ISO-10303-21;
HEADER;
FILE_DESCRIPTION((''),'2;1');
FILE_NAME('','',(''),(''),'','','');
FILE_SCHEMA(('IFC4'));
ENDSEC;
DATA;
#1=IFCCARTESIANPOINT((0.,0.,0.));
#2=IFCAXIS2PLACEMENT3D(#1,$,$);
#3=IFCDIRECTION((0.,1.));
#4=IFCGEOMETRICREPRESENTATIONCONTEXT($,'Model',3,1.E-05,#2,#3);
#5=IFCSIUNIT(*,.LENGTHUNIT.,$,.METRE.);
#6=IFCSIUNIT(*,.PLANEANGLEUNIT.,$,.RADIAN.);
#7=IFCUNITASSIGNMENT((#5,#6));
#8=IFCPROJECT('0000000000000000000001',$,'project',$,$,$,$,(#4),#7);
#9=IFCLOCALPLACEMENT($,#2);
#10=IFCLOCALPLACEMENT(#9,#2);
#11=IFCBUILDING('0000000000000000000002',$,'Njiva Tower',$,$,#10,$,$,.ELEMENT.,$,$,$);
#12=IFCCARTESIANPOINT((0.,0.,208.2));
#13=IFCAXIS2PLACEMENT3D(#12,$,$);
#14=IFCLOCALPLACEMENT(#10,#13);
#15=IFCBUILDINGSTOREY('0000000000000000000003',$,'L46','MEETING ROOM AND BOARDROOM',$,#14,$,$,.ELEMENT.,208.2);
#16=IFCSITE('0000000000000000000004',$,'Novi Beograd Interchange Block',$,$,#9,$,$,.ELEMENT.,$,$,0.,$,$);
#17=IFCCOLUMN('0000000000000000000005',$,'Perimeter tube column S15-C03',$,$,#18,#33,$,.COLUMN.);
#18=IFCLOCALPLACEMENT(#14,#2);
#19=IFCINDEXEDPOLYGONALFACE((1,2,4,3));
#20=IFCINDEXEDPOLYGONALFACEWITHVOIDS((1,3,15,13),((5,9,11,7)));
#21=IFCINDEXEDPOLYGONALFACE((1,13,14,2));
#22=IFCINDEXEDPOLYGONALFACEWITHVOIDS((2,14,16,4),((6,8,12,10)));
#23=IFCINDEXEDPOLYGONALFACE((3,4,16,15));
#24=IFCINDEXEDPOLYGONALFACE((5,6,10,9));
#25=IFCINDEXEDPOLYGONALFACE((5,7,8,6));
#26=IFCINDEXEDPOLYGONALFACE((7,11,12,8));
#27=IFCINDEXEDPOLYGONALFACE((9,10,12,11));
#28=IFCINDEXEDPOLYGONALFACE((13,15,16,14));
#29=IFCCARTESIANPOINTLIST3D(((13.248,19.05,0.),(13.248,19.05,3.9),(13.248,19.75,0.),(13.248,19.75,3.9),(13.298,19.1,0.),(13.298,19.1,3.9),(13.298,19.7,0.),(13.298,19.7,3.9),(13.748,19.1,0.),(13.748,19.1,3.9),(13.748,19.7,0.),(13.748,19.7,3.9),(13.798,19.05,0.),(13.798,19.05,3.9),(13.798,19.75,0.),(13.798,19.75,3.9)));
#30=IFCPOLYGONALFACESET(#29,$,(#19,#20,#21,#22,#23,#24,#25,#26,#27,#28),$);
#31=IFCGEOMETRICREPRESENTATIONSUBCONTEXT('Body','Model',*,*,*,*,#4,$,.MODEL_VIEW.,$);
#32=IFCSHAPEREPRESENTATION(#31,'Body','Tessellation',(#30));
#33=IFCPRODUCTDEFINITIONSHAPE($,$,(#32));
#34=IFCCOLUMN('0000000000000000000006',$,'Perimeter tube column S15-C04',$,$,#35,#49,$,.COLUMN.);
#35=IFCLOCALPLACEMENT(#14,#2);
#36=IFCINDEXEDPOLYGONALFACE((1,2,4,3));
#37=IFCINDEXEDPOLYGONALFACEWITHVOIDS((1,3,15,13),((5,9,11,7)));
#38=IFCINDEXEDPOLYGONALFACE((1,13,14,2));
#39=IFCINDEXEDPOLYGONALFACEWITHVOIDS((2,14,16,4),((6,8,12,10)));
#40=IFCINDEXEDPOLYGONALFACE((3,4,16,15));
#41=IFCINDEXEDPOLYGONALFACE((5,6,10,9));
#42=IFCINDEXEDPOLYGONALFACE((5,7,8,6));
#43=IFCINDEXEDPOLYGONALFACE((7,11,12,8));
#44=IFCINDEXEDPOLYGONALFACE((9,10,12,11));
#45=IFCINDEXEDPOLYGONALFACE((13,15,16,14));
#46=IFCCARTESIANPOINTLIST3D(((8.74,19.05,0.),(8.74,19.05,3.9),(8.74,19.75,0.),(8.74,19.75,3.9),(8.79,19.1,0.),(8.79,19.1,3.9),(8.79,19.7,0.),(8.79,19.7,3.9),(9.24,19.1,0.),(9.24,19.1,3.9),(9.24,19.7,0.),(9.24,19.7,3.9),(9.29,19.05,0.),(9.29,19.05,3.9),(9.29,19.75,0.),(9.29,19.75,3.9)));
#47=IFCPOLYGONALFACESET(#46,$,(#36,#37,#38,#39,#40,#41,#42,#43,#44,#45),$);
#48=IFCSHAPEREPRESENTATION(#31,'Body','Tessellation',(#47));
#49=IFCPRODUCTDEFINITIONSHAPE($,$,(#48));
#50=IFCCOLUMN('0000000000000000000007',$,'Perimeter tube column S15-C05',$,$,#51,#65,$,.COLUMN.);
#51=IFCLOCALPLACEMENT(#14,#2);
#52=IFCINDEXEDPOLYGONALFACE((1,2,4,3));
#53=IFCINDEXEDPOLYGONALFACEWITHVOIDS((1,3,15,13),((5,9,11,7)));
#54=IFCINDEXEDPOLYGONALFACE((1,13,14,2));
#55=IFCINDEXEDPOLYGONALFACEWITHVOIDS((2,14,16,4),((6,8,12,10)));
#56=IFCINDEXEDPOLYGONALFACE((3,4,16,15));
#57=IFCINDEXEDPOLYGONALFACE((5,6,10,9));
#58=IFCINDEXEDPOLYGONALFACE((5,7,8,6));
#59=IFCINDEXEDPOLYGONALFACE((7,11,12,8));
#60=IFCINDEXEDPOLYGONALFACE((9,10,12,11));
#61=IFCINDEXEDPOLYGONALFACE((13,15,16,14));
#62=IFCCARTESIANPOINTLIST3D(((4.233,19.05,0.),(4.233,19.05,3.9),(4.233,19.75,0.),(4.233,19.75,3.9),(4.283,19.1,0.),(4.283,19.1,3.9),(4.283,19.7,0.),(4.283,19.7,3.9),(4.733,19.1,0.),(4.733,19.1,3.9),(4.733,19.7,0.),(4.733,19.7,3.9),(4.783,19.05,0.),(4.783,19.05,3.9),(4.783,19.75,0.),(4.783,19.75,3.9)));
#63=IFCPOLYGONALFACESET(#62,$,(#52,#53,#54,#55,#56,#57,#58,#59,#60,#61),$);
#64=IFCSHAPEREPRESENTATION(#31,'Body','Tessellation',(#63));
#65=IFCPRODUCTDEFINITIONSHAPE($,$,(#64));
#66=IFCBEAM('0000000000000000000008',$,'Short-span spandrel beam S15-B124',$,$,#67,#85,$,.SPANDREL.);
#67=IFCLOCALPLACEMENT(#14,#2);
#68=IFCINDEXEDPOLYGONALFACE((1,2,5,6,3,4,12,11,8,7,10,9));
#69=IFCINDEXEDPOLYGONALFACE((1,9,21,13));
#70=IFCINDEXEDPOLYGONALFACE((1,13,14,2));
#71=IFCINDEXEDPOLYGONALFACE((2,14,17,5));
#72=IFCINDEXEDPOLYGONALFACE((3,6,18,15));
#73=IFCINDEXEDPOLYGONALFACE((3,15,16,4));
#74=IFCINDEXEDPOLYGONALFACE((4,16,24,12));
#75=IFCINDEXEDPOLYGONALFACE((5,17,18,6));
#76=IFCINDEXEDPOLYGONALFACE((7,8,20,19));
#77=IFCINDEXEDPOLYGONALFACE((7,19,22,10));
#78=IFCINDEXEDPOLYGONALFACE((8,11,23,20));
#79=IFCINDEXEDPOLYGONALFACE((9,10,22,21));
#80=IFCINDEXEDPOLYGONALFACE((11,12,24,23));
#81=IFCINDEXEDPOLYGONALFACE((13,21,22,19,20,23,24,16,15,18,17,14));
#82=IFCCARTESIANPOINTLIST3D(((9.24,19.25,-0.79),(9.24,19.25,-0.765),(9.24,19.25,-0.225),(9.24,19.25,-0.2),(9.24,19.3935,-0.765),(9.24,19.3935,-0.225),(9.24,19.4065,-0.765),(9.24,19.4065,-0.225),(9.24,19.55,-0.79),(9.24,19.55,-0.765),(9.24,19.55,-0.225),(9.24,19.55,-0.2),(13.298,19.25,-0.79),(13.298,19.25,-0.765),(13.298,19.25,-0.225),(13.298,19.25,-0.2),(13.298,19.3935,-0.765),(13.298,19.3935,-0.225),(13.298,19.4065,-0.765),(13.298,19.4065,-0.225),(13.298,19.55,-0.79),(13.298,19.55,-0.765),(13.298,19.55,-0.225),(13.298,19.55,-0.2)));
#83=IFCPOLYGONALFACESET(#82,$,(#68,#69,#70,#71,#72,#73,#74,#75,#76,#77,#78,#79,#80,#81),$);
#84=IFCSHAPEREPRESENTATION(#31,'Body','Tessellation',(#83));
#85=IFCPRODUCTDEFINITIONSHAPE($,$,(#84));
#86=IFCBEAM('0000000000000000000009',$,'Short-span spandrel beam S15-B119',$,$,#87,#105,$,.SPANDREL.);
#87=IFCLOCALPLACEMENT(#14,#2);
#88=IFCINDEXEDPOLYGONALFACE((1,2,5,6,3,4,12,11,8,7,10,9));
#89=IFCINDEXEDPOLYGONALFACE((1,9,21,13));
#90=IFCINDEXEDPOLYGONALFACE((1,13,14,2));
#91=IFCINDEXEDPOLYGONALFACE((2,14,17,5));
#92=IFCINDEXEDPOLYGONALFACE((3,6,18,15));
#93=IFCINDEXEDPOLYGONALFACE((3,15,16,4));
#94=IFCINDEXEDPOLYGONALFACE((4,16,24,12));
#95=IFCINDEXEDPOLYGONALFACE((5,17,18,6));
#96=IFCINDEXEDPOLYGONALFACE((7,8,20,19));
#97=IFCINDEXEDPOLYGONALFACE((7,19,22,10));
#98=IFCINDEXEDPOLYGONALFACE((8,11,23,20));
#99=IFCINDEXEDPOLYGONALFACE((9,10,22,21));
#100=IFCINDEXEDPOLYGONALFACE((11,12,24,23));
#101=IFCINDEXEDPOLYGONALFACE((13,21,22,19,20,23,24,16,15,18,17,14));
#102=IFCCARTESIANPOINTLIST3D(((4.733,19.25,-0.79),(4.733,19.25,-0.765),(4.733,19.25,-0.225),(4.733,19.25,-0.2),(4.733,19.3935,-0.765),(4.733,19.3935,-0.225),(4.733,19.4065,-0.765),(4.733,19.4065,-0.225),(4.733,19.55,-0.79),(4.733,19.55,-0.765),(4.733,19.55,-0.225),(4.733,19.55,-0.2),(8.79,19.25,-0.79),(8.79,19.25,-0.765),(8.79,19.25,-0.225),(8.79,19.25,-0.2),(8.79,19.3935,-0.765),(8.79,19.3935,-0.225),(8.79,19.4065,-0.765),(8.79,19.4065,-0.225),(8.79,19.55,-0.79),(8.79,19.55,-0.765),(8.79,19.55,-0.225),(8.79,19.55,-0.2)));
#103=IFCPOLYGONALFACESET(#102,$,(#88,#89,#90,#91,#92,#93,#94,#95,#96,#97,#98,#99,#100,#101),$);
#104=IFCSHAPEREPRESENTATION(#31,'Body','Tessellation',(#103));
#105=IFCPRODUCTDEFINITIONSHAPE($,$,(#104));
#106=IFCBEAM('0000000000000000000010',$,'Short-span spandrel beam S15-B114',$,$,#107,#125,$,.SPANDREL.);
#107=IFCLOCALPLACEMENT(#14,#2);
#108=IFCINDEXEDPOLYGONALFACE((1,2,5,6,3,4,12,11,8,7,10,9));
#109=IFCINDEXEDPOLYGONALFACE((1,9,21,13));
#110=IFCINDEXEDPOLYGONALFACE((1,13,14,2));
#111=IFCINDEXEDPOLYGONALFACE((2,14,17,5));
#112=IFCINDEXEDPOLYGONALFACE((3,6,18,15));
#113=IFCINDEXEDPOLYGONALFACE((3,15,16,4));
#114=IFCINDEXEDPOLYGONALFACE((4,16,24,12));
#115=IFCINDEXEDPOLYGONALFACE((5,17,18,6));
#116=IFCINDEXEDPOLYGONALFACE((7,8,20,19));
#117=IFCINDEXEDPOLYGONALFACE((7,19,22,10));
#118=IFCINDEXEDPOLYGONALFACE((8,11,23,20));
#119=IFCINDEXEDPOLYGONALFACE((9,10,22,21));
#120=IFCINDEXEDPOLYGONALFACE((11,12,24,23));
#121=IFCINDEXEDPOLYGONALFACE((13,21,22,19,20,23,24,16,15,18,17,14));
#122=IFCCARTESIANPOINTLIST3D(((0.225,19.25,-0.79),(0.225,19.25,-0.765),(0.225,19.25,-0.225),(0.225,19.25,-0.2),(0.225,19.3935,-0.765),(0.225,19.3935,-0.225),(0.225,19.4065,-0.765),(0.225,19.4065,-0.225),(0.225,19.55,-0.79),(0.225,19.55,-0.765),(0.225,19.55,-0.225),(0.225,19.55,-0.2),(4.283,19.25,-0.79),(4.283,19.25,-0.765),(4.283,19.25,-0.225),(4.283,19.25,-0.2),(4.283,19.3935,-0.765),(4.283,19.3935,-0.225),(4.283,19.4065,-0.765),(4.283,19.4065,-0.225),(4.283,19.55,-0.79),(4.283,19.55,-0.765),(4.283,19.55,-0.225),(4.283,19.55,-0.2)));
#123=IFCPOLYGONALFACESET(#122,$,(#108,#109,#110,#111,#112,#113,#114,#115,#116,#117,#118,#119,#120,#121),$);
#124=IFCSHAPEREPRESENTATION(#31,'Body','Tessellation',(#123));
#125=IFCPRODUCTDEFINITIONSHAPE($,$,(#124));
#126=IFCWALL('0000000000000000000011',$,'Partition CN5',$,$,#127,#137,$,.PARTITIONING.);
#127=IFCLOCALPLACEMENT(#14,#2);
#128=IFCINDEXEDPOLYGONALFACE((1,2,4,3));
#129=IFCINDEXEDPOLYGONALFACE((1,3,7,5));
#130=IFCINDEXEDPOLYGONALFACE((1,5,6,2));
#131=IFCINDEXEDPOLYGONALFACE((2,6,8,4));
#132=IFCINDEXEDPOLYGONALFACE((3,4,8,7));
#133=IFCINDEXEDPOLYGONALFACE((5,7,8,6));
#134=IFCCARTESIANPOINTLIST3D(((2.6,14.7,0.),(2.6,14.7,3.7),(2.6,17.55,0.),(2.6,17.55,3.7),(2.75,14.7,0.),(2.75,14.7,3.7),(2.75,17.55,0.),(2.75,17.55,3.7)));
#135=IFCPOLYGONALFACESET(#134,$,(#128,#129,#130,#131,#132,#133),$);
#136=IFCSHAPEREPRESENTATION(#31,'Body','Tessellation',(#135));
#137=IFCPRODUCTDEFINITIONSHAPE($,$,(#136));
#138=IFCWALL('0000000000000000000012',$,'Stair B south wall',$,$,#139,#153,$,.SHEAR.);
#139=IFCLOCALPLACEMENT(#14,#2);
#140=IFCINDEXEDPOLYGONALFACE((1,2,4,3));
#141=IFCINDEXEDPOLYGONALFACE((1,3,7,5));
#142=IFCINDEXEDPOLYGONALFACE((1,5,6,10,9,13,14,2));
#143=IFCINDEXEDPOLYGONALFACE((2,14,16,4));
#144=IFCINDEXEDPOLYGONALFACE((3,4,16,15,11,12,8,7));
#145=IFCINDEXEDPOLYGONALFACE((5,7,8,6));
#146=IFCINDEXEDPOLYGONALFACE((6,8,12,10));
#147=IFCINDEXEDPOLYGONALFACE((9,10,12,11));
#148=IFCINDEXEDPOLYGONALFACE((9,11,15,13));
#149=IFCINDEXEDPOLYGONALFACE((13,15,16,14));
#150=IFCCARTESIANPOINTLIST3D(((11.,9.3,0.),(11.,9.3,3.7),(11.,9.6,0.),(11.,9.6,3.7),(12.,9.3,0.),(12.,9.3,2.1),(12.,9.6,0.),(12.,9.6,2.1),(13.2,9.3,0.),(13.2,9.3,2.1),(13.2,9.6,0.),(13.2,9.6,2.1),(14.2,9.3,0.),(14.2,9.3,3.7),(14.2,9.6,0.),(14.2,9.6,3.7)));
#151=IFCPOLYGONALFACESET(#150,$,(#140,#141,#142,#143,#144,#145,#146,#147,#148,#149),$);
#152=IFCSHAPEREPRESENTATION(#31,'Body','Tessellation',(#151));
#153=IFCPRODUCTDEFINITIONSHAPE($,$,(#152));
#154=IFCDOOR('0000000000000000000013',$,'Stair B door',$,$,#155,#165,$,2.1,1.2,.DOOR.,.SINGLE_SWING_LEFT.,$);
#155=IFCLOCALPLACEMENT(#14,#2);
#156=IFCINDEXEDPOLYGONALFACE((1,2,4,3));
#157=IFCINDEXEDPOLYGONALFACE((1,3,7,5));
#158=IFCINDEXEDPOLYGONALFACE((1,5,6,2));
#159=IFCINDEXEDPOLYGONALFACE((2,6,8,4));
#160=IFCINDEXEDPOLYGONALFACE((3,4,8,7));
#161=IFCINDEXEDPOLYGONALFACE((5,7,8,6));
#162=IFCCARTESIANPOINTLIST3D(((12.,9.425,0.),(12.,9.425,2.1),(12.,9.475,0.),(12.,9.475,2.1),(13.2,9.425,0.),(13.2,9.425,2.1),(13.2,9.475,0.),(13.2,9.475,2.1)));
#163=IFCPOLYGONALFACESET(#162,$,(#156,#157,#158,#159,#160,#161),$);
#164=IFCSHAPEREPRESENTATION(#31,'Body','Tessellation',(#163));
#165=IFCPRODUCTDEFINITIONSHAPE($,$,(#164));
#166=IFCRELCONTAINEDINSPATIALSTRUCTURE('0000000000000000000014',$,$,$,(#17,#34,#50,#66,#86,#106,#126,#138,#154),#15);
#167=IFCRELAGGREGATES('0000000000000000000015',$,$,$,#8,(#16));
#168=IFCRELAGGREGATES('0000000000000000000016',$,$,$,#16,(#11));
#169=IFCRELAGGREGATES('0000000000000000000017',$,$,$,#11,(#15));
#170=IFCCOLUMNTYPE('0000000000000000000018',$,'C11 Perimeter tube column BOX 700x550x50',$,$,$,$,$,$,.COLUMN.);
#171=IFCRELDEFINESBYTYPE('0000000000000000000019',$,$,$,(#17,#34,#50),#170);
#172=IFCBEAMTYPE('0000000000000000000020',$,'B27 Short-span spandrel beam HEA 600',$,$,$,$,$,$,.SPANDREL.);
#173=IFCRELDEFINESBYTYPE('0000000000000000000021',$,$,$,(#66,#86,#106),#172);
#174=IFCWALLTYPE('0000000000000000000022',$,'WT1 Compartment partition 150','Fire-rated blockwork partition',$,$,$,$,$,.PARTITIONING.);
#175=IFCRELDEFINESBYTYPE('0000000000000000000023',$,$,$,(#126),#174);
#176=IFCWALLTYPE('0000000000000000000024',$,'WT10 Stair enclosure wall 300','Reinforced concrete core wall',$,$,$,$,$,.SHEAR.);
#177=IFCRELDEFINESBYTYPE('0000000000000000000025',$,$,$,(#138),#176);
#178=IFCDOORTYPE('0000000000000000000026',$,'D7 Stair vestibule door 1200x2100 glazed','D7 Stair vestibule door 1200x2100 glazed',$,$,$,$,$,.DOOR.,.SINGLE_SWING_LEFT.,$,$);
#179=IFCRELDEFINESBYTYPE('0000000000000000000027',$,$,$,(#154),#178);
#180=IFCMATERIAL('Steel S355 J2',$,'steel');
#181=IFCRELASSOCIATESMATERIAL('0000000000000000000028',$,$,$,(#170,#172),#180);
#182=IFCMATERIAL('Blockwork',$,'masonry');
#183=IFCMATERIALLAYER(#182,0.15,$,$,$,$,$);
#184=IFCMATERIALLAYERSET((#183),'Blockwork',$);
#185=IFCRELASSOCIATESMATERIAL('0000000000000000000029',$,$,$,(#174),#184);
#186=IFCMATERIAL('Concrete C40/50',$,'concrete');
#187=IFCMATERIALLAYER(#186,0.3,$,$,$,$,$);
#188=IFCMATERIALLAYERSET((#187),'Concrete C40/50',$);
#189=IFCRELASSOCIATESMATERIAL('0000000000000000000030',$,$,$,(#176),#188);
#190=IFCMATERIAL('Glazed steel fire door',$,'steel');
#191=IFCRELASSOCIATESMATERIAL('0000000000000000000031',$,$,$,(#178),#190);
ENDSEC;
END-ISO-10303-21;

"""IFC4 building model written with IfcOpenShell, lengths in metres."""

from ifc_helpers import new_model, si_unit, direction, frame, frame_2d, origin, origin_2d, place, context, subcontext, project, spatial, rectangle, hollow_rectangle, i_section, extrude, material, layer, layer_set, material_profile, profile_set, type_object, element, fill, save


model = new_model("IFC4")

# Units and contexts
model_context = context("Model", 3, precision=1e-05, world=origin(), true_north=direction((0.0, 1.0)))
body_context = subcontext(model_context, "Body", "Model", "MODEL_VIEW")
ifc_project = project(units=[si_unit("LENGTHUNIT", "METRE"), si_unit("PLANEANGLEUNIT", "RADIAN")], contexts=[model_context])

# Site, building, storey
site_placement = place(None, origin())
site = spatial("IfcSite", under=ifc_project, at=site_placement, Name="Novi Beograd Interchange Block", CompositionType="ELEMENT", RefElevation=0.0)
building_placement = place(site_placement, origin())
building = spatial("IfcBuilding", under=site, at=building_placement, Name="Njiva Tower", CompositionType="ELEMENT")
storey_placement = place(building_placement, frame((0.0, 0.0, 208.2)))
storey = spatial("IfcBuildingStorey", under=building, at=storey_placement, Name="L46", Description="MEETING ROOM AND BOARDROOM", CompositionType="ELEMENT", Elevation=208.2)

# Columns
ifc_material_1 = material(Name="Steel S355 J2", Category="steel")
ifc_material_profile_1 = material_profile(ifc_material_1, hollow_rectangle(XDim=0.55, YDim=0.7, WallThickness=0.05, at=origin_2d()), Name="BOX 700x550x50")
ifc_profile_set_1 = profile_set([ifc_material_profile_1], Name="Steel S355 J2")
column_type = type_object("IfcColumnType", Name="C11 Perimeter tube column BOX 700x550x50", PredefinedType="COLUMN", material=ifc_profile_set_1)
for number, where, z_axis, x_axis, name in (
    (1, (13.523, 19.4, 0.0), (0.0, 0.0, 1.0), (-1.0, 0.0, 0.0), "Perimeter tube column S15-C03"),
    (2, (9.015, 19.4, 0.0), (0.0, 0.0, 1.0), (-1.0, 0.0, 0.0), "Perimeter tube column S15-C04"),
    (3, (4.508, 19.4, 0.0), (0.0, 0.0, 1.0), (-1.0, 0.0, 0.0), "Perimeter tube column S15-C05"),
):
    element("IfcColumn", number, at=place(storey_placement, frame(where, z_axis=z_axis, x_axis=x_axis)), inside=storey, type_object=column_type, Name=name, PredefinedType="COLUMN", context=body_context, shape_type="SweptSolid", body=[
        extrude(hollow_rectangle(XDim=0.55, YDim=0.7, WallThickness=0.05, at=origin_2d()), origin(), (0.0, 0.0, 1.0), 3.9),
    ])

# Beams
ifc_material_profile_2 = material_profile(ifc_material_1, i_section(OverallWidth=0.3, OverallDepth=0.59, WebThickness=0.013, FlangeThickness=0.025, at=origin_2d()), Name="HEA 600")
ifc_profile_set_2 = profile_set([ifc_material_profile_2], Name="Steel S355 J2")
beam_type = type_object("IfcBeamType", Name="B27 Short-span spandrel beam HEA 600", PredefinedType="SPANDREL", material=ifc_profile_set_2)
beam_1_placement = place(storey_placement, frame((13.298, 19.4, -0.495), z_axis=(-1.0, 0.0, 0.0), x_axis=(0.0, -1.0, 0.0)))
element("IfcBeam", 4, at=beam_1_placement, inside=storey, type_object=beam_type, Name="Short-span spandrel beam S15-B124", PredefinedType="SPANDREL", context=body_context, shape_type="SweptSolid", body=[
    extrude(i_section(OverallWidth=0.3, OverallDepth=0.59, WebThickness=0.013, FlangeThickness=0.025, at=origin_2d()), origin(), (0.0, 0.0, 1.0), 4.058),
])
beam_2_placement = place(storey_placement, frame((8.79, 19.4, -0.495), z_axis=(-1.0, 0.0, 0.0), x_axis=(0.0, -1.0, 0.0)))
element("IfcBeam", 5, at=beam_2_placement, inside=storey, type_object=beam_type, Name="Short-span spandrel beam S15-B119", PredefinedType="SPANDREL", context=body_context, shape_type="SweptSolid", body=[
    extrude(i_section(OverallWidth=0.3, OverallDepth=0.59, WebThickness=0.013, FlangeThickness=0.025, at=origin_2d()), origin(), (0.0, 0.0, 1.0), 4.057),
])
beam_3_placement = place(storey_placement, frame((4.283, 19.4, -0.495), z_axis=(-1.0, 0.0, 0.0), x_axis=(0.0, -1.0, 0.0)))
element("IfcBeam", 6, at=beam_3_placement, inside=storey, type_object=beam_type, Name="Short-span spandrel beam S15-B114", PredefinedType="SPANDREL", context=body_context, shape_type="SweptSolid", body=[
    extrude(i_section(OverallWidth=0.3, OverallDepth=0.59, WebThickness=0.013, FlangeThickness=0.025, at=origin_2d()), origin(), (0.0, 0.0, 1.0), 4.058),
])

# Wall
ifc_material_2 = material(Name="Blockwork", Category="masonry")
ifc_layer_1 = layer(ifc_material_2, 0.15)
ifc_layer_set_1 = layer_set([ifc_layer_1], Name="Blockwork")
wall_type_1 = type_object("IfcWallType", Name="WT1 Compartment partition 150", Description="Fire-rated blockwork partition", PredefinedType="PARTITIONING", material=ifc_layer_set_1)
wall_1_placement = place(storey_placement, frame((2.675, 14.7, 0.0), z_axis=(0.0, 0.0, 1.0), x_axis=(0.0, 1.0, 0.0)))
element("IfcWall", 7, at=wall_1_placement, inside=storey, type_object=wall_type_1, Name="Partition CN5", PredefinedType="PARTITIONING", context=body_context, shape_type="SweptSolid", body=[
    extrude(rectangle(XDim=2.85, YDim=0.15, at=frame_2d((1.425, 0.0))), origin(), (0.0, 0.0, 1.0), 3.7),
])

# Wall, opening, door
ifc_material_3 = material(Name="Concrete C40/50", Category="concrete")
ifc_layer_2 = layer(ifc_material_3, 0.3)
ifc_layer_set_2 = layer_set([ifc_layer_2], Name="Concrete C40/50")
wall_type_2 = type_object("IfcWallType", Name="WT10 Stair enclosure wall 300", Description="Reinforced concrete core wall", PredefinedType="SHEAR", material=ifc_layer_set_2)
wall_2_placement = place(storey_placement, frame((11.0, 9.45, 0.0), z_axis=(0.0, 0.0, 1.0), x_axis=(1.0, 0.0, 0.0)))
wall_2 = element("IfcWall", 8, at=wall_2_placement, inside=storey, type_object=wall_type_2, Name="Stair B south wall", PredefinedType="SHEAR", context=body_context, shape_type="SweptSolid", body=[
    extrude(rectangle(XDim=3.2, YDim=0.3, at=frame_2d((1.6, 0.0))), origin(), (0.0, 0.0, 1.0), 3.7),
])
opening_1_placement = place(wall_2_placement, frame((1.0, 0.0, 0.0)))
opening_1 = element("IfcOpeningElement", 9, at=opening_1_placement, cuts=wall_2, PredefinedType="OPENING", context=body_context, shape_type="SweptSolid", body=[
    extrude(rectangle(XDim=1.2, YDim=2.1, at=frame_2d((0.6, 1.05))), frame((0.0, 0.16, 0.0), z_axis=(0.0, -1.0, 0.0), x_axis=(1.0, 0.0, 0.0)), (0.0, 0.0, 1.0), 0.32),
])
ifc_material_4 = material(Name="Glazed steel fire door", Category="steel")
door_type_1 = type_object("IfcDoorType", Name="D7 Stair vestibule door 1200x2100 glazed", Description="D7 Stair vestibule door 1200x2100 glazed", OperationType="SINGLE_SWING_LEFT", PredefinedType="DOOR", material=ifc_material_4)
door_1_placement = place(opening_1_placement, origin())
door_1 = element("IfcDoor", 10, at=door_1_placement, inside=storey, type_object=door_type_1, Name="Stair B door", OperationType="SINGLE_SWING_LEFT", OverallHeight=2.1, OverallWidth=1.2, PredefinedType="DOOR", context=body_context, shape_type="SweptSolid", body=[
    extrude(rectangle(XDim=1.2, YDim=2.1, at=frame_2d((0.6, 1.05))), frame((0.0, 0.025, 0.0), z_axis=(0.0, -1.0, 0.0), x_axis=(1.0, 0.0, 0.0)), (0.0, 0.0, 1.0), 0.05),
])
fill(opening_1, door_1)

save(model, "model.ifc")
